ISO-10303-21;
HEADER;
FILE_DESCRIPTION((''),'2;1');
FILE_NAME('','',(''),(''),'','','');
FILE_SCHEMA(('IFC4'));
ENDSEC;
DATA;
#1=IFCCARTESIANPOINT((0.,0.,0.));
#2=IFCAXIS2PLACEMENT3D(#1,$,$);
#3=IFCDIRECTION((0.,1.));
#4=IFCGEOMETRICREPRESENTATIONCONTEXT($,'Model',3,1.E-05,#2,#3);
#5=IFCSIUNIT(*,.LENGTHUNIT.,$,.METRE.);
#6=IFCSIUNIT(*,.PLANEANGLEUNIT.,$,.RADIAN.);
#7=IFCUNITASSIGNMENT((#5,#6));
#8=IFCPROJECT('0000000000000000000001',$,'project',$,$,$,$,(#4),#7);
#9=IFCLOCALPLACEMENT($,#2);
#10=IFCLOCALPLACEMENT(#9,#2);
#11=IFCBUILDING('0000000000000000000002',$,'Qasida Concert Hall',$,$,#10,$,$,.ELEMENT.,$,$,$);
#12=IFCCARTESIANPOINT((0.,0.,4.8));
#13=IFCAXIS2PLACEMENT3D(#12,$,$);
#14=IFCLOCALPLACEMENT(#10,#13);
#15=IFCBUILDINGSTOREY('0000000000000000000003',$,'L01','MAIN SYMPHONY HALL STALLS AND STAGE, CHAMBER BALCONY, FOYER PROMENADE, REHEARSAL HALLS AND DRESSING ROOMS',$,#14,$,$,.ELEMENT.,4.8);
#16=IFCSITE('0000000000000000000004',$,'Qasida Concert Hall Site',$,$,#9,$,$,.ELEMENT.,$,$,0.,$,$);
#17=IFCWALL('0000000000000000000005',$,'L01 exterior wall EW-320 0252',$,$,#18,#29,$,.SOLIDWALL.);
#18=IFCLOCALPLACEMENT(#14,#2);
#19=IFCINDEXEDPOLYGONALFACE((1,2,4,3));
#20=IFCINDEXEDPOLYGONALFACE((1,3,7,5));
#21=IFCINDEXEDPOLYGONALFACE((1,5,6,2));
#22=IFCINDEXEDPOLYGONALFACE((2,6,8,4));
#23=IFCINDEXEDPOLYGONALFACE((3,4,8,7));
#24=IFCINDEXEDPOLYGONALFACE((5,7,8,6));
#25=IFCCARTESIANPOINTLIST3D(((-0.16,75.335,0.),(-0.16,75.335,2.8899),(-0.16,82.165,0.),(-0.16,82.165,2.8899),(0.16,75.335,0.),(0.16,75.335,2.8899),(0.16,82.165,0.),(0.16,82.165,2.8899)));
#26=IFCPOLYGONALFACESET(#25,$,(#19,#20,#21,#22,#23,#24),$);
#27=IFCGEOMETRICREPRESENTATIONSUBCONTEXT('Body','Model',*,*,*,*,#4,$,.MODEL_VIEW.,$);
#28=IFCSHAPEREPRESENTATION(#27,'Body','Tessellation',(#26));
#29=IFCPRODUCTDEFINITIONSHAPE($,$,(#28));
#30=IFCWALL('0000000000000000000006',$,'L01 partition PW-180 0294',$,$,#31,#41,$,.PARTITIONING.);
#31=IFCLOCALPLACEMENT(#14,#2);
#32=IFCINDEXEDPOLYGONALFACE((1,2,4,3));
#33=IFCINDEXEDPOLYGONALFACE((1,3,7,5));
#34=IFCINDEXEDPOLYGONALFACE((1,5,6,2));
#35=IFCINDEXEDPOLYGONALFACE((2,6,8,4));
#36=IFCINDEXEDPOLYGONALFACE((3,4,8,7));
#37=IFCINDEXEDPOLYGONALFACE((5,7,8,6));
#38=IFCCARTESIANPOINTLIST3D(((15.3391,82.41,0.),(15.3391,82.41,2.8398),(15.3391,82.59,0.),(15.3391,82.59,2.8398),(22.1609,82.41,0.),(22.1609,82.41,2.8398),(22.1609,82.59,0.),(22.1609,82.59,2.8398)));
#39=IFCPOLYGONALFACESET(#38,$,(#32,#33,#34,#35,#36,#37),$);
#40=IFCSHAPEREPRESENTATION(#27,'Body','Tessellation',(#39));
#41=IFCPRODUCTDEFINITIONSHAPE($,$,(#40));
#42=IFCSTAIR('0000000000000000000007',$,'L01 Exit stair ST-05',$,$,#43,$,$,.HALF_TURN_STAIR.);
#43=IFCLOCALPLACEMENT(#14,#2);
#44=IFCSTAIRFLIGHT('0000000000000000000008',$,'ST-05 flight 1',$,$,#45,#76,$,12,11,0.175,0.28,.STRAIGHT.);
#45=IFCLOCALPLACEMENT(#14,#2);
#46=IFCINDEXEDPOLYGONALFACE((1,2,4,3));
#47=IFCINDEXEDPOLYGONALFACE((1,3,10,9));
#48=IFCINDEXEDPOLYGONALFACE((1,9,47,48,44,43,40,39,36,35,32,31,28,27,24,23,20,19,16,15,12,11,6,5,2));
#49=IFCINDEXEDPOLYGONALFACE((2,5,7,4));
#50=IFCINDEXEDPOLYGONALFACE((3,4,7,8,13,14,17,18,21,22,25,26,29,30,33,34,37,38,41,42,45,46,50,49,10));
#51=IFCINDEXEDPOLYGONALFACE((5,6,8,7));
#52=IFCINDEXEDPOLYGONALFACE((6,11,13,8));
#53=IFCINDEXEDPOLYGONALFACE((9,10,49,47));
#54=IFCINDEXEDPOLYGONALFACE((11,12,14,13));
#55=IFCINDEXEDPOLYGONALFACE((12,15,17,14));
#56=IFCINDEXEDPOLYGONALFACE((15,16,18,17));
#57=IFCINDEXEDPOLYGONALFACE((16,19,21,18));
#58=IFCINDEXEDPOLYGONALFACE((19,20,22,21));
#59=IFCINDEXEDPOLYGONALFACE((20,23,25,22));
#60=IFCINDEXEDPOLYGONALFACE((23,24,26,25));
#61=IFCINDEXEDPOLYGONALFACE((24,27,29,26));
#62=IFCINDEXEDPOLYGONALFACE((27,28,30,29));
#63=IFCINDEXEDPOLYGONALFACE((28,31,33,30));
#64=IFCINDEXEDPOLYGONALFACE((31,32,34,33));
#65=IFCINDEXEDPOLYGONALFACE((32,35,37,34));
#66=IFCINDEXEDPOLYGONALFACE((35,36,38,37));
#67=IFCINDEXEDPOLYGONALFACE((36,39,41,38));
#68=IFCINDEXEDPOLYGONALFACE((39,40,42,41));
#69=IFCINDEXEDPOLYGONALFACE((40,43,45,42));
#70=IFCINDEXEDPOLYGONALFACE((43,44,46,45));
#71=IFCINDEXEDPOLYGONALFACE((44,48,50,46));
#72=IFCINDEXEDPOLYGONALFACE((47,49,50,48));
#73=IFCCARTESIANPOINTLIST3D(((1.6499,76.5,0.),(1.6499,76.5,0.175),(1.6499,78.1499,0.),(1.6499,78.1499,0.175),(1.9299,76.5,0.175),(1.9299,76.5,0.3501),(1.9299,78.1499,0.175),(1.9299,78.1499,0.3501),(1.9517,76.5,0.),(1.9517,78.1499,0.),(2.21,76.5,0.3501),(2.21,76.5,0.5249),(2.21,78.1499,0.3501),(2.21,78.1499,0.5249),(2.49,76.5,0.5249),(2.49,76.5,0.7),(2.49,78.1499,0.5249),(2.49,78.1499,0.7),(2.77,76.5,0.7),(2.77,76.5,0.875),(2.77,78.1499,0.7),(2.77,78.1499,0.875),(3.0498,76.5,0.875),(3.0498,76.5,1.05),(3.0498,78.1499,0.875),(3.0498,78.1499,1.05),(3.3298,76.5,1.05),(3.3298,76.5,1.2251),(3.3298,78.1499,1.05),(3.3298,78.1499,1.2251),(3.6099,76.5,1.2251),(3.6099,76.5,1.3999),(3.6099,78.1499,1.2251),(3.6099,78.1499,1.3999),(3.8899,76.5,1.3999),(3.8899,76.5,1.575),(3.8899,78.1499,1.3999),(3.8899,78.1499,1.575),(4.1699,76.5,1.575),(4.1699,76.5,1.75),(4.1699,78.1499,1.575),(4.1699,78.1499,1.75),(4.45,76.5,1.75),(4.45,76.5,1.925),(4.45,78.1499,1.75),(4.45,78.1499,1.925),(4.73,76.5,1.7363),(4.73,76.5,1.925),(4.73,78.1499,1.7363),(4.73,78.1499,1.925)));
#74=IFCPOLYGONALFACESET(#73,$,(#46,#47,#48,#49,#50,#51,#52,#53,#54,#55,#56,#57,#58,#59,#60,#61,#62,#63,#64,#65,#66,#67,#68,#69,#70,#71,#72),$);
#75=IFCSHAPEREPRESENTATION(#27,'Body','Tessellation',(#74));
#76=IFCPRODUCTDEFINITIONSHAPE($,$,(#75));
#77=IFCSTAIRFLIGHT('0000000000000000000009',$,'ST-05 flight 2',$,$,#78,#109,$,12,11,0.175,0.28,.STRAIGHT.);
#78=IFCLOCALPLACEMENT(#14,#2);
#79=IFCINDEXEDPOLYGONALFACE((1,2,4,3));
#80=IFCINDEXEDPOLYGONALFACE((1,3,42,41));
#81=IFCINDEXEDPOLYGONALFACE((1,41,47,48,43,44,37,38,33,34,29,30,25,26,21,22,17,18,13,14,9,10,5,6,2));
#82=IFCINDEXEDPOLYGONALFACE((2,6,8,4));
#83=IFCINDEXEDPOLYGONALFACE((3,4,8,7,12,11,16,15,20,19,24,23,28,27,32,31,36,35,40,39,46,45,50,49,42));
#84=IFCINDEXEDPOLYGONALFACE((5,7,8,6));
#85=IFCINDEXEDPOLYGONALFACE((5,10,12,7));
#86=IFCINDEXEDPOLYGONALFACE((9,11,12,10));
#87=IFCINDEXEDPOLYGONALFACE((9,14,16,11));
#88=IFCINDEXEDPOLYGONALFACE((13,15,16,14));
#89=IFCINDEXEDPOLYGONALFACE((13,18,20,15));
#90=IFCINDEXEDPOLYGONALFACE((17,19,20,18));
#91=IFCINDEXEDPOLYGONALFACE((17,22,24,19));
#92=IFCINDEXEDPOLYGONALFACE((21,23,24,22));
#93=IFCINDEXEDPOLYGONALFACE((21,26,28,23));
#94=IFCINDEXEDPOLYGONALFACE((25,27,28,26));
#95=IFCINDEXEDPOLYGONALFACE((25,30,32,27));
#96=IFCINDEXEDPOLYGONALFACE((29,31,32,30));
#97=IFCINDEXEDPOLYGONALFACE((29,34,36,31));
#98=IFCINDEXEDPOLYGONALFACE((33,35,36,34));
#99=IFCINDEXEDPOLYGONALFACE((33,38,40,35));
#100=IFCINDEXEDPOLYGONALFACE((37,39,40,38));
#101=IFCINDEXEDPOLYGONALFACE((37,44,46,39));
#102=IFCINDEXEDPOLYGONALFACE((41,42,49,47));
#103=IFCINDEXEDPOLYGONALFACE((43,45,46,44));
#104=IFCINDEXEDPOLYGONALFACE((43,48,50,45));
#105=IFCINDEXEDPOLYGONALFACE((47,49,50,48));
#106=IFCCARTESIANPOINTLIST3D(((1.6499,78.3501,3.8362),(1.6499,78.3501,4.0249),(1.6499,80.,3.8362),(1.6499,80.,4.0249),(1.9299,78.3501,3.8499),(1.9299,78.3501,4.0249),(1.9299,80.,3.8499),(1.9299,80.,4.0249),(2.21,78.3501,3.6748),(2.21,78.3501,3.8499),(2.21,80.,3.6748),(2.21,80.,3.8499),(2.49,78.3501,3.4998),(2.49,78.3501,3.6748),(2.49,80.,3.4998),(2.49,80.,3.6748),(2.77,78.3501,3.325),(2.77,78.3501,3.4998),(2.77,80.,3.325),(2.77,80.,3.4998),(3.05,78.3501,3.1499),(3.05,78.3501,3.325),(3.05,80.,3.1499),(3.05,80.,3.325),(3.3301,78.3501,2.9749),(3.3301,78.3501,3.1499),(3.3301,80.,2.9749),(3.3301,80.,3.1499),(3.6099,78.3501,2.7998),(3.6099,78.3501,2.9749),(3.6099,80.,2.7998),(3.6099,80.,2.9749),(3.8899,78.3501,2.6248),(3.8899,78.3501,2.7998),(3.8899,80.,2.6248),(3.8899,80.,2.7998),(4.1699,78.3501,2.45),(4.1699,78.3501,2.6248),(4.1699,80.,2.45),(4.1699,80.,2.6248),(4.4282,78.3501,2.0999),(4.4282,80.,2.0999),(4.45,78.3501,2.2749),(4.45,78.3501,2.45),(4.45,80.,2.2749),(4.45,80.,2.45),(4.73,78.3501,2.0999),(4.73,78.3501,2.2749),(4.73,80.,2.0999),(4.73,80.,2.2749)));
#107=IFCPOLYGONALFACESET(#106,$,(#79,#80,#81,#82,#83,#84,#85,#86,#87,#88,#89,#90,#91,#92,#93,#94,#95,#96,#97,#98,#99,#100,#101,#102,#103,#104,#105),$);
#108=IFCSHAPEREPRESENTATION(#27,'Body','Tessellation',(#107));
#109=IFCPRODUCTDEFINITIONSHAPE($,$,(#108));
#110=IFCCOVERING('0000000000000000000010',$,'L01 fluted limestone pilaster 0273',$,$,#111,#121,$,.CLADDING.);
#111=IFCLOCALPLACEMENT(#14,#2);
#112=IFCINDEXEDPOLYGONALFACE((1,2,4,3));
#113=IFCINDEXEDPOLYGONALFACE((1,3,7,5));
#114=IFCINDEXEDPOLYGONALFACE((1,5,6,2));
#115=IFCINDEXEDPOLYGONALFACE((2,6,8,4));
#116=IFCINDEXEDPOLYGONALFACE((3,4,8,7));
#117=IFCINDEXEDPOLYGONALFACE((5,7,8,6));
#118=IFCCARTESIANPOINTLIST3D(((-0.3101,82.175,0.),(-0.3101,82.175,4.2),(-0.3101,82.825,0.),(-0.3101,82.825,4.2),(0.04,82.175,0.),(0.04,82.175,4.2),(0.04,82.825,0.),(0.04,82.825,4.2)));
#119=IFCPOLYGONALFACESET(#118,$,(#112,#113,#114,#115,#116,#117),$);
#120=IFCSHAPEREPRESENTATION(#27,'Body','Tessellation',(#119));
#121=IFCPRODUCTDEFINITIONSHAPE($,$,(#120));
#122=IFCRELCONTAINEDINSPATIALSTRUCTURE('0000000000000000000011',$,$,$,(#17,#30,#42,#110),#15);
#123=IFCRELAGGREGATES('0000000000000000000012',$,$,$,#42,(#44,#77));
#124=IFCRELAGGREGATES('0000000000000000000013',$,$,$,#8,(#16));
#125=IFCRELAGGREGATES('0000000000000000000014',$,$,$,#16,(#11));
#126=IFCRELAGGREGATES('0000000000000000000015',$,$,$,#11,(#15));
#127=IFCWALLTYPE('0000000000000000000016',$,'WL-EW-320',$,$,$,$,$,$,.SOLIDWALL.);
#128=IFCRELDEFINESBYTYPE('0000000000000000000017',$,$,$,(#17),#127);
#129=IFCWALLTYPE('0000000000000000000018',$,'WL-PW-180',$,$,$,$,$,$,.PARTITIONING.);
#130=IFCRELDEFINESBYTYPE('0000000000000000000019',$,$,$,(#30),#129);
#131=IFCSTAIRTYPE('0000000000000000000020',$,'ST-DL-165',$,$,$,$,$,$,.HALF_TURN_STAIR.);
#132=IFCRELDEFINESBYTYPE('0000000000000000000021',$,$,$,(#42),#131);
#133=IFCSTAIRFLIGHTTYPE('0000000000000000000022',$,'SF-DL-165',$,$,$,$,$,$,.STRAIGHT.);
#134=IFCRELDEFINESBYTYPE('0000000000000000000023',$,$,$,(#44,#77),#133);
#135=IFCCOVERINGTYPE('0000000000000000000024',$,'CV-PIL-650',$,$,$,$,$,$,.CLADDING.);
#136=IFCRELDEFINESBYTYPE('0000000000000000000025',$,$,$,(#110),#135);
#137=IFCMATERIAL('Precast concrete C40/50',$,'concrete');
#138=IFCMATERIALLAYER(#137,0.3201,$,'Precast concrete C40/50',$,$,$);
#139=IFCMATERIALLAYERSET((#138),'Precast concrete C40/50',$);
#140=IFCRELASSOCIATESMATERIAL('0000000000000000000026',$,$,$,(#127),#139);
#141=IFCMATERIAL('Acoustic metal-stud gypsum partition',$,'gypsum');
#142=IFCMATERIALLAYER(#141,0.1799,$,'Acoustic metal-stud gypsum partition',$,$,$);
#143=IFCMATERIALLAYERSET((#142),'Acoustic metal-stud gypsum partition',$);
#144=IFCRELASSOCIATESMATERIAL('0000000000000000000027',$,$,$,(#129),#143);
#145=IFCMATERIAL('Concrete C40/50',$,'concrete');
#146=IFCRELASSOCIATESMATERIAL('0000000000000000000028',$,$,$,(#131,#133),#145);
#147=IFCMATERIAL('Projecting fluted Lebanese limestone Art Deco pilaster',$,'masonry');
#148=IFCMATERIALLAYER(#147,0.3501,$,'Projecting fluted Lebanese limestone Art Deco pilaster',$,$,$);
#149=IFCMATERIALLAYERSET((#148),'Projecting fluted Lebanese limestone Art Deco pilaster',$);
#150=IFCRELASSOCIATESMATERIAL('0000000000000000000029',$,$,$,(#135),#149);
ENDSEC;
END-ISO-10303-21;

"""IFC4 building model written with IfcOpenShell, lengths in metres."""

from ifc_helpers import new_model, si_unit, direction, frame, frame_2d, origin, origin_2d, place, context, subcontext, project, spatial, polyline, rectangle, outline, extrude, material, layer, layer_set, type_object, element, aggregate, save


model = new_model("IFC4")

# Units and contexts
model_context = context("Model", 3, precision=1e-05, world=origin(), true_north=direction((0.0, 1.0)))
body_context = subcontext(model_context, "Body", "Model", "MODEL_VIEW")
ifc_project = project(units=[si_unit("LENGTHUNIT", "METRE"), si_unit("PLANEANGLEUNIT", "RADIAN")], contexts=[model_context])

# Site, building, storey
site_placement = place(None, origin())
site = spatial("IfcSite", under=ifc_project, at=site_placement, Name="Qasida Concert Hall Site", CompositionType="ELEMENT", RefElevation=0.0)
building_placement = place(site_placement, origin())
building = spatial("IfcBuilding", under=site, at=building_placement, Name="Qasida Concert Hall", CompositionType="ELEMENT")
storey_placement = place(building_placement, frame((0.0, 0.0, 4.8)))
storey = spatial("IfcBuildingStorey", under=building, at=storey_placement, Name="L01", Description="MAIN SYMPHONY HALL STALLS AND STAGE, CHAMBER BALCONY, FOYER PROMENADE, REHEARSAL HALLS AND DRESSING ROOMS", CompositionType="ELEMENT", Elevation=4.8)

# Shared definitions
ifc_material_1 = material(Name="Concrete C40/50", Category="concrete")

# Walls
ifc_material_2 = material(Name="Precast concrete C40/50", Category="concrete")
ifc_layer_1 = layer(ifc_material_2, 0.3201, Name="Precast concrete C40/50")
ifc_layer_set_1 = layer_set([ifc_layer_1], Name="Precast concrete C40/50")
wall_type_1 = type_object("IfcWallType", Name="WL-EW-320", PredefinedType="SOLIDWALL", material=ifc_layer_set_1)
wall_1_placement = place(storey_placement, frame((0.0, 75.335, 0.0), z_axis=(0.0, 0.0, 1.0), x_axis=(0.0, 1.0, 0.0)))
element("IfcWall", 1, at=wall_1_placement, inside=storey, type_object=wall_type_1, Name="L01 exterior wall EW-320 0252", PredefinedType="SOLIDWALL", context=body_context, shape_type="SweptSolid", body=[
    extrude(rectangle(XDim=6.8301, YDim=0.3201, at=frame_2d((3.415, 0.0))), origin(), (0.0, 0.0, 1.0), 2.8899),
])
ifc_material_3 = material(Name="Acoustic metal-stud gypsum partition", Category="gypsum")
ifc_layer_2 = layer(ifc_material_3, 0.1799, Name="Acoustic metal-stud gypsum partition")
ifc_layer_set_2 = layer_set([ifc_layer_2], Name="Acoustic metal-stud gypsum partition")
wall_type_2 = type_object("IfcWallType", Name="WL-PW-180", PredefinedType="PARTITIONING", material=ifc_layer_set_2)
wall_2_placement = place(storey_placement, frame((15.3391, 82.5, 0.0), z_axis=(0.0, 0.0, 1.0), x_axis=(1.0, 0.0, 0.0)))
element("IfcWall", 2, at=wall_2_placement, inside=storey, type_object=wall_type_2, Name="L01 partition PW-180 0294", PredefinedType="PARTITIONING", context=body_context, shape_type="SweptSolid", body=[
    extrude(rectangle(XDim=6.8218, YDim=0.1799, at=frame_2d((3.4109, 0.0))), origin(), (0.0, 0.0, 1.0), 2.8398),
])

# Stair, stair flights
stair_type = type_object("IfcStairType", Name="ST-DL-165", PredefinedType="HALF_TURN_STAIR", material=ifc_material_1)
stair_placement = place(storey_placement, origin())
stair = element("IfcStair", 3, at=stair_placement, inside=storey, type_object=stair_type, Name="L01 Exit stair ST-05", PredefinedType="HALF_TURN_STAIR")
stair_flight_type = type_object("IfcStairFlightType", Name="SF-DL-165", PredefinedType="STRAIGHT", material=ifc_material_1)
stair_flight_1_placement = place(storey_placement, frame((1.6499, 77.325, 0.0), z_axis=(0.0, 0.0, 1.0), x_axis=(1.0, 0.0, 0.0)))
stair_flight_1 = element("IfcStairFlight", 4, at=stair_flight_1_placement, type_object=stair_flight_type, Name="ST-05 flight 1", NumberOfRisers=12, NumberOfTreads=11, PredefinedType="STRAIGHT", RiserHeight=0.175, TreadLength=0.28, context=body_context, shape_type="SweptSolid", body=[
    extrude(outline(polyline([(0.0, 0.0), (0.0, 0.175), (0.28, 0.175), (0.28, 0.3501), (0.5601, 0.3501), (0.5601, 0.5249), (0.8401, 0.5249), (0.8401, 0.7), (1.1201, 0.7), (1.1201, 0.875), (1.3999, 0.875), (1.3999, 1.05), (1.6799, 1.05), (1.6799, 1.2251), (1.96, 1.2251), (1.96, 1.3999), (2.24, 1.3999), (2.24, 1.575), (2.52, 1.575), (2.52, 1.75), (2.8, 1.75), (2.8, 1.925), (3.0801, 1.925), (3.0801, 2.1001), (3.0801, 1.7363), (0.3018, 0.0), (0.0, 0.0)])), frame((0.0, 0.825, 0.0), z_axis=(0.0, -1.0, 0.0), x_axis=(1.0, 0.0, 0.0)), (0.0, 0.0, 1.0), 1.6499),
])
stair_flight_2_placement = place(storey_placement, frame((4.73, 79.175, 2.0999), z_axis=(0.0, 0.0, 1.0), x_axis=(-1.0, 0.0, 0.0)))
stair_flight_2 = element("IfcStairFlight", 5, at=stair_flight_2_placement, type_object=stair_flight_type, Name="ST-05 flight 2", NumberOfRisers=12, NumberOfTreads=11, PredefinedType="STRAIGHT", RiserHeight=0.175, TreadLength=0.28, context=body_context, shape_type="SweptSolid", body=[
    extrude(outline(polyline([(0.0, 0.0), (0.0, 0.175), (0.28, 0.175), (0.28, 0.3501), (0.5601, 0.3501), (0.5601, 0.5249), (0.8401, 0.5249), (0.8401, 0.7), (1.1201, 0.7), (1.1201, 0.875), (1.3999, 0.875), (1.3999, 1.05), (1.6799, 1.05), (1.6799, 1.2251), (1.96, 1.2251), (1.96, 1.3999), (2.24, 1.3999), (2.24, 1.575), (2.52, 1.575), (2.52, 1.75), (2.8, 1.75), (2.8, 1.925), (3.0801, 1.925), (3.0801, 2.1001), (3.0801, 1.7363), (0.3018, 0.0), (0.0, 0.0)])), frame((0.0, 0.825, 0.0), z_axis=(0.0, -1.0, 0.0), x_axis=(1.0, 0.0, 0.0)), (0.0, 0.0, 1.0), 1.6499),
])
aggregate(stair, [stair_flight_1, stair_flight_2])

# Covering
ifc_material_4 = material(Name="Projecting fluted Lebanese limestone Art Deco pilaster", Category="masonry")
ifc_layer_3 = layer(ifc_material_4, 0.3501, Name="Projecting fluted Lebanese limestone Art Deco pilaster")
ifc_layer_set_3 = layer_set([ifc_layer_3], Name="Projecting fluted Lebanese limestone Art Deco pilaster")
covering_type = type_object("IfcCoveringType", Name="CV-PIL-650", PredefinedType="CLADDING", material=ifc_layer_set_3)
covering_placement = place(storey_placement, frame((-0.135, 82.5, 0.0), z_axis=(0.0, 0.0, 1.0), x_axis=(1.0, 0.0, 0.0)))
element("IfcCovering", 6, at=covering_placement, inside=storey, type_object=covering_type, Name="L01 fluted limestone pilaster 0273", PredefinedType="CLADDING", context=body_context, shape_type="SweptSolid", body=[
    extrude(rectangle(XDim=0.3501, YDim=0.6499, at=origin_2d()), origin(), (0.0, 0.0, 1.0), 4.2),
])

save(model, "model.ifc")
